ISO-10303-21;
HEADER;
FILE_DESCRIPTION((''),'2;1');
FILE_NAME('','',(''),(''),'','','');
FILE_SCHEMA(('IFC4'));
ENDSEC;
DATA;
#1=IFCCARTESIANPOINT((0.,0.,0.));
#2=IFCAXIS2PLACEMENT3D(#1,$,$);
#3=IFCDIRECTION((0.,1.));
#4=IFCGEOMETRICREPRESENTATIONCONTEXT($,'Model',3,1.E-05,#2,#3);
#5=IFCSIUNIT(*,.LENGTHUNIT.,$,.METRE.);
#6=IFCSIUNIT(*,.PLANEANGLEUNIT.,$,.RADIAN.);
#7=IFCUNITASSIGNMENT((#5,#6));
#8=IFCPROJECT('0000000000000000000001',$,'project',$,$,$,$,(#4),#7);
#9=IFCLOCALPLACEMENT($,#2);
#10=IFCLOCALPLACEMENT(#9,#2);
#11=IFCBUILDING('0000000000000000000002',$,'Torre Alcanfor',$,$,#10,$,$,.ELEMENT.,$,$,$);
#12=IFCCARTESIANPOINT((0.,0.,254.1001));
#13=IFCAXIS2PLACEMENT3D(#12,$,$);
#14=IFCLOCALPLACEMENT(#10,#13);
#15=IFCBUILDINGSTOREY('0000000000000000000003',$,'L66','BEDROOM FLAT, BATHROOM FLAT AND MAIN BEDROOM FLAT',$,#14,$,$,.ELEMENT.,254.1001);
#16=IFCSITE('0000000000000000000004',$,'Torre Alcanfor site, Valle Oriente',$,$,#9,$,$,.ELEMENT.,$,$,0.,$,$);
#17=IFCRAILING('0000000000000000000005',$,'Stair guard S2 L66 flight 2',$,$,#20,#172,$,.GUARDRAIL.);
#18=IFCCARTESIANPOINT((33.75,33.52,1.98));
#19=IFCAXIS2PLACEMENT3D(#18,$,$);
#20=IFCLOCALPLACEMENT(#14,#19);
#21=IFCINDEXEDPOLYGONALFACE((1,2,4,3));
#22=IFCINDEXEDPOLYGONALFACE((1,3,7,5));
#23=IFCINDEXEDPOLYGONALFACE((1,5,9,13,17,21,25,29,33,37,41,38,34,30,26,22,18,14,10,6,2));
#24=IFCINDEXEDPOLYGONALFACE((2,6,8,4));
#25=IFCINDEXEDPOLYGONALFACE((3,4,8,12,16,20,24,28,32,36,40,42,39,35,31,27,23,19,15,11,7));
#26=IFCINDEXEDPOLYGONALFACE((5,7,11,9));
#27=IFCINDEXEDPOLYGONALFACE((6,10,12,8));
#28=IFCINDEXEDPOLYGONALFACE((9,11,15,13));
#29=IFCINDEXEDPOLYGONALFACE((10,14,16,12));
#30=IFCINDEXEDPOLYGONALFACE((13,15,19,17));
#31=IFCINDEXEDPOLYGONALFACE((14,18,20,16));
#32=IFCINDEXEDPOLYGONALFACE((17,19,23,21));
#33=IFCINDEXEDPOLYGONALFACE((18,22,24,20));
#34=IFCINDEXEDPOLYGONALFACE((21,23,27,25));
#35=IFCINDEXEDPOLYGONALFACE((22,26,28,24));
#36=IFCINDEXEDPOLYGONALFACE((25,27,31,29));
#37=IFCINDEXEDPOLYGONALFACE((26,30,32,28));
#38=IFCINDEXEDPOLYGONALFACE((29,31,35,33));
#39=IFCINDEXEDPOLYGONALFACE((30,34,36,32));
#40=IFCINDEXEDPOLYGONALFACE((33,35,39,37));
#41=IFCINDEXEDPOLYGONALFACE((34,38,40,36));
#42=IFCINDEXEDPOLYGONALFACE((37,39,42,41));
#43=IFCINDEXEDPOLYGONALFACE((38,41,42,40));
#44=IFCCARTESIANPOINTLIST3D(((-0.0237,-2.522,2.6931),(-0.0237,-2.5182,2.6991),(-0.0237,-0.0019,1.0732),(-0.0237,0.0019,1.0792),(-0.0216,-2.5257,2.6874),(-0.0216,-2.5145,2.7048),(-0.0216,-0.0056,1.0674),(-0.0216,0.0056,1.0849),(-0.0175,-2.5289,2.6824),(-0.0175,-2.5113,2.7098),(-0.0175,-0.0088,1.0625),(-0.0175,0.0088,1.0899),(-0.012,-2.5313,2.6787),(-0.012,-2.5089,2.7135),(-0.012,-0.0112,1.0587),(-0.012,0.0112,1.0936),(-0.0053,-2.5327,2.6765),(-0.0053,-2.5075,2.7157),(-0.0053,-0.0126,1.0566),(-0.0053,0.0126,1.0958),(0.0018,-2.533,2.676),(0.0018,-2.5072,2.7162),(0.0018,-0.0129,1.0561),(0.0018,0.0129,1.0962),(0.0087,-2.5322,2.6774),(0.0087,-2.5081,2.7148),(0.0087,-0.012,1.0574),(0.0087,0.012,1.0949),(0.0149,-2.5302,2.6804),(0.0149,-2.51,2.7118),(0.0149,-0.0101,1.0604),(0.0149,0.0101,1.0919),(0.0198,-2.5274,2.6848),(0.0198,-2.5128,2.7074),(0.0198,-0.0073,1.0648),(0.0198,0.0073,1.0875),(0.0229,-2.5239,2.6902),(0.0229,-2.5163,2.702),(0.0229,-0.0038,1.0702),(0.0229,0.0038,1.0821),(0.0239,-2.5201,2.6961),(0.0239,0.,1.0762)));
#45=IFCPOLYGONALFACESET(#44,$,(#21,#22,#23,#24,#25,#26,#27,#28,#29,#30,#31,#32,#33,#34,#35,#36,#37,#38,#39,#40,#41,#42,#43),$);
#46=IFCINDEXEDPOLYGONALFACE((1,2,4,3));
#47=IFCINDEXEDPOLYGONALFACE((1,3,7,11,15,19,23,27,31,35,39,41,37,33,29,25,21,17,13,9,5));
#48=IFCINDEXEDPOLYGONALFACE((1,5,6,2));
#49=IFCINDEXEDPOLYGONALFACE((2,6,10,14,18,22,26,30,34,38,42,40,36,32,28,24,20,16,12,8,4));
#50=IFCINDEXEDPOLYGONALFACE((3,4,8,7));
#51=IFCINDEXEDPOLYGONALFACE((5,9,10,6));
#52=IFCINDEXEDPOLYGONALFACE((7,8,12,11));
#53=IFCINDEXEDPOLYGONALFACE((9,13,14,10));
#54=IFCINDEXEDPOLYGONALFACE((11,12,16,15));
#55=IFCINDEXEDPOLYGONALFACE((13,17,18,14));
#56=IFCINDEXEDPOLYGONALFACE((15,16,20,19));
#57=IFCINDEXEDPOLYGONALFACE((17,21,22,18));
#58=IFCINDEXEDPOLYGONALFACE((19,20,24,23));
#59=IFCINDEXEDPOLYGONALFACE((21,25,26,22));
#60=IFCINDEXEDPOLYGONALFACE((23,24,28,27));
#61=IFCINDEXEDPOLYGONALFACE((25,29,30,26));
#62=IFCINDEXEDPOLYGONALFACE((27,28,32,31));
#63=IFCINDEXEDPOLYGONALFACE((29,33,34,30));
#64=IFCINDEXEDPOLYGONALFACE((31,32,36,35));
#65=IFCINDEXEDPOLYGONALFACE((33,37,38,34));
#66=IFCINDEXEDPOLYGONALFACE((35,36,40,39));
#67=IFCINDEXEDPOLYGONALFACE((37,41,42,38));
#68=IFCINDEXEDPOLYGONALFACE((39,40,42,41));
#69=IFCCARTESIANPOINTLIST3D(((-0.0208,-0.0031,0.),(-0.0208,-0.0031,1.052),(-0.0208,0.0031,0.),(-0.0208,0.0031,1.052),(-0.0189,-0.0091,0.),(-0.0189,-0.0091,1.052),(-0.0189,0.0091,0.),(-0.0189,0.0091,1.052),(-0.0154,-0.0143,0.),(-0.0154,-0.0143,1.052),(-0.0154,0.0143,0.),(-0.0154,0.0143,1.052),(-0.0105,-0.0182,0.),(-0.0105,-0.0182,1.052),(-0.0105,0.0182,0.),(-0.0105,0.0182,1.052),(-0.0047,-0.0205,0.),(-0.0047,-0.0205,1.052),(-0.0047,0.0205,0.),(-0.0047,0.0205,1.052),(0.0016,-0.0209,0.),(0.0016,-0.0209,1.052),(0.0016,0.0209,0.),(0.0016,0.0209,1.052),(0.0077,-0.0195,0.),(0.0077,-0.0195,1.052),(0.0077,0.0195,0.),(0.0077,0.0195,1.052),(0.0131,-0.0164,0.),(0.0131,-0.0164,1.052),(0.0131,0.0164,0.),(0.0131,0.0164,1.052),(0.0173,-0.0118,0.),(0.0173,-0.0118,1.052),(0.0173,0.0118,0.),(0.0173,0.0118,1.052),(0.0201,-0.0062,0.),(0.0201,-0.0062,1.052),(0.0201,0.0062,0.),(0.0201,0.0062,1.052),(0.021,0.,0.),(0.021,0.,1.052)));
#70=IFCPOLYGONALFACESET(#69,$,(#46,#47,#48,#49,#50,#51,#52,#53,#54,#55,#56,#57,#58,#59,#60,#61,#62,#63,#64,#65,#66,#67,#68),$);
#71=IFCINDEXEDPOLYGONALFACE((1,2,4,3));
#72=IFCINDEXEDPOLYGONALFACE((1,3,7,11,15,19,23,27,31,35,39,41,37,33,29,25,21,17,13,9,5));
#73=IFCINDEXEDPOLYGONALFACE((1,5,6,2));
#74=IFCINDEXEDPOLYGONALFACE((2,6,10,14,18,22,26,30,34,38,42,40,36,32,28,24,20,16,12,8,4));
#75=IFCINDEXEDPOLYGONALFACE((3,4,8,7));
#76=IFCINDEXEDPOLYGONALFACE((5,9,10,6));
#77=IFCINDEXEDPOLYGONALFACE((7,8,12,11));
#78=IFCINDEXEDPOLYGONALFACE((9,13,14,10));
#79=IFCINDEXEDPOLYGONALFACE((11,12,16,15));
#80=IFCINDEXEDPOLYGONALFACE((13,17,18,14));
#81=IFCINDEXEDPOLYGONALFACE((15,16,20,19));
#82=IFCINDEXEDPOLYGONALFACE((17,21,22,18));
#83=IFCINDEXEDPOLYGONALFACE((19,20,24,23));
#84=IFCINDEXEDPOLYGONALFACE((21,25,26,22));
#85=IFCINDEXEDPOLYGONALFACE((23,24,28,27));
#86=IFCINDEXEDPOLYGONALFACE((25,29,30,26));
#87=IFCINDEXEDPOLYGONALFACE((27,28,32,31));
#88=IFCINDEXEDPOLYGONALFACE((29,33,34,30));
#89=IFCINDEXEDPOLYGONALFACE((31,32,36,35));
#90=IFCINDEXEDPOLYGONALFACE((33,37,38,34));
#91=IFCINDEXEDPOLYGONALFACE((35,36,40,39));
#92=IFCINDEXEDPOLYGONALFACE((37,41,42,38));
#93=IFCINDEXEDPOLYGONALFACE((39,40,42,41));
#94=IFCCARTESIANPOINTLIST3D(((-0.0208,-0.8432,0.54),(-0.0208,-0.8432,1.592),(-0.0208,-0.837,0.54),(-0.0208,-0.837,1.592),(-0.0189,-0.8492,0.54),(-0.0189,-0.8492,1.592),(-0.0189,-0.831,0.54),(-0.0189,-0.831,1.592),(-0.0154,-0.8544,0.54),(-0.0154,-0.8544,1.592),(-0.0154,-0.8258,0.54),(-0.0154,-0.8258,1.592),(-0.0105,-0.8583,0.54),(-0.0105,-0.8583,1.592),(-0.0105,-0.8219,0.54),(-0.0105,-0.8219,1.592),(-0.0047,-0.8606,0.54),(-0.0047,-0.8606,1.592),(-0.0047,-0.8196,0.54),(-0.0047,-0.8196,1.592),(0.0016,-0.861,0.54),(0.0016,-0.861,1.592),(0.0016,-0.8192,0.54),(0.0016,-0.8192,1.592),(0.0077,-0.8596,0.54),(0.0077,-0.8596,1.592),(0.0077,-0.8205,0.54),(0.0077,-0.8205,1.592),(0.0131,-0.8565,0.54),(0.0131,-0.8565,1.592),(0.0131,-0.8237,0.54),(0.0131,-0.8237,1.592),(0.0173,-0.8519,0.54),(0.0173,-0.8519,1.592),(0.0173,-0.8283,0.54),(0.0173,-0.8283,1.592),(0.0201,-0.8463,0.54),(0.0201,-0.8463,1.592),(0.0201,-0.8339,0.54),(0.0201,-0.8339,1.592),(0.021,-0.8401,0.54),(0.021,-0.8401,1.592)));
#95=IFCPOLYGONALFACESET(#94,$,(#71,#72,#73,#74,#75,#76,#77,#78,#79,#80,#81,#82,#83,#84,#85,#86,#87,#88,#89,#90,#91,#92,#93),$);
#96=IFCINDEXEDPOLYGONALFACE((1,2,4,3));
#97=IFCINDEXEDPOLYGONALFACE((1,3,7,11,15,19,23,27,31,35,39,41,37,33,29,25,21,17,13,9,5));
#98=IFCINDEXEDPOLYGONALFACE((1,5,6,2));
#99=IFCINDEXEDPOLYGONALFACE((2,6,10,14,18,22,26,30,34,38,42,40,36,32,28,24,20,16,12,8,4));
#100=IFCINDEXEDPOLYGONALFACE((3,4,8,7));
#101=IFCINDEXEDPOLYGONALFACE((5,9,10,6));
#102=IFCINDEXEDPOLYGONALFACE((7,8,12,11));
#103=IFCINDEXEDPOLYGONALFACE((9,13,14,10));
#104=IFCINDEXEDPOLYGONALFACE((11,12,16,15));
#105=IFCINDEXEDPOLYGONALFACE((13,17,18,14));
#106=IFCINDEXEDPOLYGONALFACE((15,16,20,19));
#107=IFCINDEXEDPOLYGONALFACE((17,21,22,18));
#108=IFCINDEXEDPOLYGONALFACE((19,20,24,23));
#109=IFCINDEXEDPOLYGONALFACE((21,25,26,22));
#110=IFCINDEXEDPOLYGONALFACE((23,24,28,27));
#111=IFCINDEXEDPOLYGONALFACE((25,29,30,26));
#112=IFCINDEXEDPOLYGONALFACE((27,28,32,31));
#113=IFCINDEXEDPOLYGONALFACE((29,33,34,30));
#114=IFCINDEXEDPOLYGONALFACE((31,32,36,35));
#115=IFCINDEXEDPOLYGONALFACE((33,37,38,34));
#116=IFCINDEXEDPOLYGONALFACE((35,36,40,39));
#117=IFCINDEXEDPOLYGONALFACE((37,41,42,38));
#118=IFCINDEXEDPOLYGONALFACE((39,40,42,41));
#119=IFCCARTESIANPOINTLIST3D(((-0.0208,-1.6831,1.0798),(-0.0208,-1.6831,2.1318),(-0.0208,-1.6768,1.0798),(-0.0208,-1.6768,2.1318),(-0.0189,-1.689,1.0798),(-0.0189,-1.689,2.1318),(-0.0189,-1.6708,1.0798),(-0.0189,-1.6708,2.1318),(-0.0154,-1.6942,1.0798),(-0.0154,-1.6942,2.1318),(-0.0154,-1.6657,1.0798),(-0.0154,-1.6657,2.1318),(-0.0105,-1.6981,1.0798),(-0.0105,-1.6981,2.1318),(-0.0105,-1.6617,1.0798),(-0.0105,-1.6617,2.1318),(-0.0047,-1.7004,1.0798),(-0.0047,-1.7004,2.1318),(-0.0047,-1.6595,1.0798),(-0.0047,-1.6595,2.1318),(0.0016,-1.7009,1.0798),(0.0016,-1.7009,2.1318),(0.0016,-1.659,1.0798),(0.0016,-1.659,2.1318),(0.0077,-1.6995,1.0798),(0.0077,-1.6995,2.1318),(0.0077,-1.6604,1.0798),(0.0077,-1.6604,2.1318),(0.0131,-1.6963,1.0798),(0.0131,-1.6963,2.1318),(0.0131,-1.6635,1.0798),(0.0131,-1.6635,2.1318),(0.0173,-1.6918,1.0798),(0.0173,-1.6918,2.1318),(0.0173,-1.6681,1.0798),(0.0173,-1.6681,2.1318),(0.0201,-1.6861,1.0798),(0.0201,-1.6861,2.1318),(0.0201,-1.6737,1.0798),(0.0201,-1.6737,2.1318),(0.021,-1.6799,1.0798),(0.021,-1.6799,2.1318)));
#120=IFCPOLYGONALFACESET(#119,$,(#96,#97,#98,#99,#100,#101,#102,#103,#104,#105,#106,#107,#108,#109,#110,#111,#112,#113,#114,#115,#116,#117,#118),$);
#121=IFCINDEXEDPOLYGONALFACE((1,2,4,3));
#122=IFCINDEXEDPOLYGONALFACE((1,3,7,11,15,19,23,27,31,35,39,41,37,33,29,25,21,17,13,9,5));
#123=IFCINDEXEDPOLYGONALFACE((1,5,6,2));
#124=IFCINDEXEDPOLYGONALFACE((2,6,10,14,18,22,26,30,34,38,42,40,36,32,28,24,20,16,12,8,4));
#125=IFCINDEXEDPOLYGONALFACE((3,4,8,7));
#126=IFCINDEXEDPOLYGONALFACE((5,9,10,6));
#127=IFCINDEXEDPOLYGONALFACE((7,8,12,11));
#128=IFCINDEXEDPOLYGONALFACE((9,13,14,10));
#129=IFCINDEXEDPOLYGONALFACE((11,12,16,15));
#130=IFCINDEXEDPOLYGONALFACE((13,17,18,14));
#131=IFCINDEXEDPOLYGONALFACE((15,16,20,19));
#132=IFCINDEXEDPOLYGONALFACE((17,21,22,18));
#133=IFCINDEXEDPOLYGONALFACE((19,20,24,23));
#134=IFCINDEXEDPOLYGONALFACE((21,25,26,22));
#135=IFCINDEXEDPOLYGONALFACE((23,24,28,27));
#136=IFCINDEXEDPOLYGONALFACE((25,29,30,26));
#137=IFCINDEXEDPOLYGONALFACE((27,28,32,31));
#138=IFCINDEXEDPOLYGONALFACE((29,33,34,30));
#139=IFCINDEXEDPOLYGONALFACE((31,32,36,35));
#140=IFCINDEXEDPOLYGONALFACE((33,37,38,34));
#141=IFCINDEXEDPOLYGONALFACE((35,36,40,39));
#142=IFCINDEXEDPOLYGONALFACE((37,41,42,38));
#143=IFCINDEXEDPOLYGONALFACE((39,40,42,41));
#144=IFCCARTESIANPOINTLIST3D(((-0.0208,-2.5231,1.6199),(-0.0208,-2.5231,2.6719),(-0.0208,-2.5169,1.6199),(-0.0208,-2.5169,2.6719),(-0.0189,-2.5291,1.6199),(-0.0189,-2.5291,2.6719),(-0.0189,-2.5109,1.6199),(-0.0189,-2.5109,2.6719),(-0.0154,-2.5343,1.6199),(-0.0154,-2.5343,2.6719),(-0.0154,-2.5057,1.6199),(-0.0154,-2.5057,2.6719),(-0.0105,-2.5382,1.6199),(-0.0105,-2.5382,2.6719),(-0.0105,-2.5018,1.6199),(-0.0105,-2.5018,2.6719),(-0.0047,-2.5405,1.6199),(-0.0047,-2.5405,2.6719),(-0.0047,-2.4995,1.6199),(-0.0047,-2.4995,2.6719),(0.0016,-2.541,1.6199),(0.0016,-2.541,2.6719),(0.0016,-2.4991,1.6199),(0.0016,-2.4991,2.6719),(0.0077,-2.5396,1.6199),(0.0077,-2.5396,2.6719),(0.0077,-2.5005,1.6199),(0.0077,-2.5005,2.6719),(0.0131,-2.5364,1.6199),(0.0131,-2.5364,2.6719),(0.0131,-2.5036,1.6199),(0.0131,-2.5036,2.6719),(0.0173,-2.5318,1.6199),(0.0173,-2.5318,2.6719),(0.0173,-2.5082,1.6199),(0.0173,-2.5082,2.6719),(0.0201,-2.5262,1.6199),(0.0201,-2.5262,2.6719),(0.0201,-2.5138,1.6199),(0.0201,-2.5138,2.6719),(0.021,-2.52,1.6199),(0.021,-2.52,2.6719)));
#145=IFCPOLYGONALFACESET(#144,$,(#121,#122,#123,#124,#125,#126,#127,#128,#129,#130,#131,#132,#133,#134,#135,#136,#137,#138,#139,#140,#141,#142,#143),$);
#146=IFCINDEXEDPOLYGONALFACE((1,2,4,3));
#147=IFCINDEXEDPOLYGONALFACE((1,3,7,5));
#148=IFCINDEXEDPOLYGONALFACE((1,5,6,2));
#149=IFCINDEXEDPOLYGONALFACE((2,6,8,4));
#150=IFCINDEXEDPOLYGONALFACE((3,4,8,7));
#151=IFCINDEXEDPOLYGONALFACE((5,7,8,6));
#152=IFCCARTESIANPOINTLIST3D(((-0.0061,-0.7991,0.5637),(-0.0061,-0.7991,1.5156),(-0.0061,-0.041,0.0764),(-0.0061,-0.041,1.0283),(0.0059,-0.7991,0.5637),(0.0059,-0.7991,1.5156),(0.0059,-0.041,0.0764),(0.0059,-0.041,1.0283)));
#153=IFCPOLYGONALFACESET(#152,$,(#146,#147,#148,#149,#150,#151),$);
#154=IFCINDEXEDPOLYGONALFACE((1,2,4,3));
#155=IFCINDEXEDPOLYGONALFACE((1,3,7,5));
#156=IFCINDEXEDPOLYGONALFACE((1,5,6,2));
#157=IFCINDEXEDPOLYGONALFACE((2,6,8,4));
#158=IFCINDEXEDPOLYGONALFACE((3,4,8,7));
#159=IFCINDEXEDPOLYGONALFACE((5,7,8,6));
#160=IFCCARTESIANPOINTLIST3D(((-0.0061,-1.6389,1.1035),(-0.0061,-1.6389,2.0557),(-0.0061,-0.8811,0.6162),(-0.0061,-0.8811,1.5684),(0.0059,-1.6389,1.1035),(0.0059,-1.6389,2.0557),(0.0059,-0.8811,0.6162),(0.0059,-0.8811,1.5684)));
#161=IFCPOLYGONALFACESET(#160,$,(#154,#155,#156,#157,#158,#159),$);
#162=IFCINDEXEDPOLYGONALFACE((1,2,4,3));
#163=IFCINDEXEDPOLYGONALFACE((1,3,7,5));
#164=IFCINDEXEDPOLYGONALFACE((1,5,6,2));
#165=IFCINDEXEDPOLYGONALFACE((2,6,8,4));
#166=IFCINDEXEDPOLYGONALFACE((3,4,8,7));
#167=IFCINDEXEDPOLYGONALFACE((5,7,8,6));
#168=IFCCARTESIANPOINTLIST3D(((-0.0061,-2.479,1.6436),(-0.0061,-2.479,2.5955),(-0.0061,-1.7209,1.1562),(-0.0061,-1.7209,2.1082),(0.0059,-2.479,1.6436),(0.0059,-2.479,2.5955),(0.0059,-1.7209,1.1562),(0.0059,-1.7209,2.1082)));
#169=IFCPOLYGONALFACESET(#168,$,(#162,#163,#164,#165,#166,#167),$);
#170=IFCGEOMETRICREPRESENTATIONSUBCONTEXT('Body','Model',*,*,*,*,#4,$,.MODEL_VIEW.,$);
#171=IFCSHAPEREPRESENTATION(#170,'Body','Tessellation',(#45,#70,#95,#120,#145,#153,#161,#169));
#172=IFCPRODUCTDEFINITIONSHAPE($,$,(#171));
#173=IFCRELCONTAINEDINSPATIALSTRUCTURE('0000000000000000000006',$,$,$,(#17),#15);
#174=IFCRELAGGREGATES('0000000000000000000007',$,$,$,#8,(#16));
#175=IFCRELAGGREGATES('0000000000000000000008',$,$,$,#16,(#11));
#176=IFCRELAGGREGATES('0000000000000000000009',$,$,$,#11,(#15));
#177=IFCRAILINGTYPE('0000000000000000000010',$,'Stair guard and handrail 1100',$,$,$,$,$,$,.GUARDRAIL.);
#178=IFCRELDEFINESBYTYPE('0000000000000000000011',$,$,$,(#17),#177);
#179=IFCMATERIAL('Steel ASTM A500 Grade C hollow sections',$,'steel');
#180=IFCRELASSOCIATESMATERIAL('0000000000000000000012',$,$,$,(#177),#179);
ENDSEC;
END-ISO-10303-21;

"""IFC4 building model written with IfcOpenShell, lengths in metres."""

from ifc_helpers import new_model, si_unit, direction, frame, origin, origin_2d, place, context, subcontext, project, spatial, polyline, circle, outline, extrude, material, type_object, element, save


model = new_model("IFC4")

# Units and contexts
model_context = context("Model", 3, precision=1e-05, world=origin(), true_north=direction((0.0, 1.0)))
body_context = subcontext(model_context, "Body", "Model", "MODEL_VIEW")
ifc_project = project(units=[si_unit("LENGTHUNIT", "METRE"), si_unit("PLANEANGLEUNIT", "RADIAN")], contexts=[model_context])

# Site, building, storey
site_placement = place(None, origin())
site = spatial("IfcSite", under=ifc_project, at=site_placement, Name="Torre Alcanfor site, Valle Oriente", CompositionType="ELEMENT", RefElevation=0.0)
building_placement = place(site_placement, origin())
building = spatial("IfcBuilding", under=site, at=building_placement, Name="Torre Alcanfor", CompositionType="ELEMENT")
storey_placement = place(building_placement, frame((0.0, 0.0, 254.1001)))
storey = spatial("IfcBuildingStorey", under=building, at=storey_placement, Name="L66", Description="BEDROOM FLAT, BATHROOM FLAT AND MAIN BEDROOM FLAT", CompositionType="ELEMENT", Elevation=254.1001)

# Railing
ifc_material_1 = material(Name="Steel ASTM A500 Grade C hollow sections", Category="steel")
railing_type_1 = type_object("IfcRailingType", Name="Stair guard and handrail 1100", PredefinedType="GUARDRAIL", material=ifc_material_1)
railing_1_placement = place(storey_placement, frame((33.75, 33.52, 1.98)))
element("IfcRailing", 1, at=railing_1_placement, inside=storey, type_object=railing_type_1, Name="Stair guard S2 L66 flight 2", PredefinedType="GUARDRAIL", context=body_context, shape_type="SweptSolid", body=[
    extrude(circle(Radius=0.0239, at=origin_2d()), frame((0.0, 0.0, 1.0762), z_axis=(0.0, -0.8412, 0.540725), x_axis=(1.0, 0.0, 0.0)), (0.0, 0.0, 1.0), 2.9958),
    extrude(circle(Radius=0.021, at=origin_2d()), origin(), (0.0, 0.0, 1.0), 1.052),
    extrude(circle(Radius=0.021, at=origin_2d()), frame((0.0, -0.8401, 0.54)), (0.0, 0.0, 1.0), 1.052),
    extrude(circle(Radius=0.021, at=origin_2d()), frame((0.0, -1.6799, 1.0798)), (0.0, 0.0, 1.0), 1.052),
    extrude(circle(Radius=0.021, at=origin_2d()), frame((0.0, -2.52, 1.6199)), (0.0, 0.0, 1.0), 1.052),
    extrude(outline(polyline([(0.041, 0.0764), (0.7991, 0.5637), (0.7991, 1.5156), (0.041, 1.0283), (0.041, 0.0764)])), frame((0.0059, 0.0, 0.0), z_axis=(-1.0, 0.0, 0.0), x_axis=(0.0, -1.0, 0.0)), (0.0, 0.0, 1.0), 0.012),
    extrude(outline(polyline([(0.8811, 0.6162), (1.6389, 1.1035), (1.6389, 2.0557), (0.8811, 1.5684), (0.8811, 0.6162)])), frame((0.0059, 0.0, 0.0), z_axis=(-1.0, 0.0, 0.0), x_axis=(0.0, -1.0, 0.0)), (0.0, 0.0, 1.0), 0.012),
    extrude(outline(polyline([(1.7209, 1.1562), (2.479, 1.6436), (2.479, 2.5955), (1.7209, 2.1082), (1.7209, 1.1562)])), frame((0.0059, 0.0, 0.0), z_axis=(-1.0, 0.0, 0.0), x_axis=(0.0, -1.0, 0.0)), (0.0, 0.0, 1.0), 0.012),
])

save(model, "model.ifc")
